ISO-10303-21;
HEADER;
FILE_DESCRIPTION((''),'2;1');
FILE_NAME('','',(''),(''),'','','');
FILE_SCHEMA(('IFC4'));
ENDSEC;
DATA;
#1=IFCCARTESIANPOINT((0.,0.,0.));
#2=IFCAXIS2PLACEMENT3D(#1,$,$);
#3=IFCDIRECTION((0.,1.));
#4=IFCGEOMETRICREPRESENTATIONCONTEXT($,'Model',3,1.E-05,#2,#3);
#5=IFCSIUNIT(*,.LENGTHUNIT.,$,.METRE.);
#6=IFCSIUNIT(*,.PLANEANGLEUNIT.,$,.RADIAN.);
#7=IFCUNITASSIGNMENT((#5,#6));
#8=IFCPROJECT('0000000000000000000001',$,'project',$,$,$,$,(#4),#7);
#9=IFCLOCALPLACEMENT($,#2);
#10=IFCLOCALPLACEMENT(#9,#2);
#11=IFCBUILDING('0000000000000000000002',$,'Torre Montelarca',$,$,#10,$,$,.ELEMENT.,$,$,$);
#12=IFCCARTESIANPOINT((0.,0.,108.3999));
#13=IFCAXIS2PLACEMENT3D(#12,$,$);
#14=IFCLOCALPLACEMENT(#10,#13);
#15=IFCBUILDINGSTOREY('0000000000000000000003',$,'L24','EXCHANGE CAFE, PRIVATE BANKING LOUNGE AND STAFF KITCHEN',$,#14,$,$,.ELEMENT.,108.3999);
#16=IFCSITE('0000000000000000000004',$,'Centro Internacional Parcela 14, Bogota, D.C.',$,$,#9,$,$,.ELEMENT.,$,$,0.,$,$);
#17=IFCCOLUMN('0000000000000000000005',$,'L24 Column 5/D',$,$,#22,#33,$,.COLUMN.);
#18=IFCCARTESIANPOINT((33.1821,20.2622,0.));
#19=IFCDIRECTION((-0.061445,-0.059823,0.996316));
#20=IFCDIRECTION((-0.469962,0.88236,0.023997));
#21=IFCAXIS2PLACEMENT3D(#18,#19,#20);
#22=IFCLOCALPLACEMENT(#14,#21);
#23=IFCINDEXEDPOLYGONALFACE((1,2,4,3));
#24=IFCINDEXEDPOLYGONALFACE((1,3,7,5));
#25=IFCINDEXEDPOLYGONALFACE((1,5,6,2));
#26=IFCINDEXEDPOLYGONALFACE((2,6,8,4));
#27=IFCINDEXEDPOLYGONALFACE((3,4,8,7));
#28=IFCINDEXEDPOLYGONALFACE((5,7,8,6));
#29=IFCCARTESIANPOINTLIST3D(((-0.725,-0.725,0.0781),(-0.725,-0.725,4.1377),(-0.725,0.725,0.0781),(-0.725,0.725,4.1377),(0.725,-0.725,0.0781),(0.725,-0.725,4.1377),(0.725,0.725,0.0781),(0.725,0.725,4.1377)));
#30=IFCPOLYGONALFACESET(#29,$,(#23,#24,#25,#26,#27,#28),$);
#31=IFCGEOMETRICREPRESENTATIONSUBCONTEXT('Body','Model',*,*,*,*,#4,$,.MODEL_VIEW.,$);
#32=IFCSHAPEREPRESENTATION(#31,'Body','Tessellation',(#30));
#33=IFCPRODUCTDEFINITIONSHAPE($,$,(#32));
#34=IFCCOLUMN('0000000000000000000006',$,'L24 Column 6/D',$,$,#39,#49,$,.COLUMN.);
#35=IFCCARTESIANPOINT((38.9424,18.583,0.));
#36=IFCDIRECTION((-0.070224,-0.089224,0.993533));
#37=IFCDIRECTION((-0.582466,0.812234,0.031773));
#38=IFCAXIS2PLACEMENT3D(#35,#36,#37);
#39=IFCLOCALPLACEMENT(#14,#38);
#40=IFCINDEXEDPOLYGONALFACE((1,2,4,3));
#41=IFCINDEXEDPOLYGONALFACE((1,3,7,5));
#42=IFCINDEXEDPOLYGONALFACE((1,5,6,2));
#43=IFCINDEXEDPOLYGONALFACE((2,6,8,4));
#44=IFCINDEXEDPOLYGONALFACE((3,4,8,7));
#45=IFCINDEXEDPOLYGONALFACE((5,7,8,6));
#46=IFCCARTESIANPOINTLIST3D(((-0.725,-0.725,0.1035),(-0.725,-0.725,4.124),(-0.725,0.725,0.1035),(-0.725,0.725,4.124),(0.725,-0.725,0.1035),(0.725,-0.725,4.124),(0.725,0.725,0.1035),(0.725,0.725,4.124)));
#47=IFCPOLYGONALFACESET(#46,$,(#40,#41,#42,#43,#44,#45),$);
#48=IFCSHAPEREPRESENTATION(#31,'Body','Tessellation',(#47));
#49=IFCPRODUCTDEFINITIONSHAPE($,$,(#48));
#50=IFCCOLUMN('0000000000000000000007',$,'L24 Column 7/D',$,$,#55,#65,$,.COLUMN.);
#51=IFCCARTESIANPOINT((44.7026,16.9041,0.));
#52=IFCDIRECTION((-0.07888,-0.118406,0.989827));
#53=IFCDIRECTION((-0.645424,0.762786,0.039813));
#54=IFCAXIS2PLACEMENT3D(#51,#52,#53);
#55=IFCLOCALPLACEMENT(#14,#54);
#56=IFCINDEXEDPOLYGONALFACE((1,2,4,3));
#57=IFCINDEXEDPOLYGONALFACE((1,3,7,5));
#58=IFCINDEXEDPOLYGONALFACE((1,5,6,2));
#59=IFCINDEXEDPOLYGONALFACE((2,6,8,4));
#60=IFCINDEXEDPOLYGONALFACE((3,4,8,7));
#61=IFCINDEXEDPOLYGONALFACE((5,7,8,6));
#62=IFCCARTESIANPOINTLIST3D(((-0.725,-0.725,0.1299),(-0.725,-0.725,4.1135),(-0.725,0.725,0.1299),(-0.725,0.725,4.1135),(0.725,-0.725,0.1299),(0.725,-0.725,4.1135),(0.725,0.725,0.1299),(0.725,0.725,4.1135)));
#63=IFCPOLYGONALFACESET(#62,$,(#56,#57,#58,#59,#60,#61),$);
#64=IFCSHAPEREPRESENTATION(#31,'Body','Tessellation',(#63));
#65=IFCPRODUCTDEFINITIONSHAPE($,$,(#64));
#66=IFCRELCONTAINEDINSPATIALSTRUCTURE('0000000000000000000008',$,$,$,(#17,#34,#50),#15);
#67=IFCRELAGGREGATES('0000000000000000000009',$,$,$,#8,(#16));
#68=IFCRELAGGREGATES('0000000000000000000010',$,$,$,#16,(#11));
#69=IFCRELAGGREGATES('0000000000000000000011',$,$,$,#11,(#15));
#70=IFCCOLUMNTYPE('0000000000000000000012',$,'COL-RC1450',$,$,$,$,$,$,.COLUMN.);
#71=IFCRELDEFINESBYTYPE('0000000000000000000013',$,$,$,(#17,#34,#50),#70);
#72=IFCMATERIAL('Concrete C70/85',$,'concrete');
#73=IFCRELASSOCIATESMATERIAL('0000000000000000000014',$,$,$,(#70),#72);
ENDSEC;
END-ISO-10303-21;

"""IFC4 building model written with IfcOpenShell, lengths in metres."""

from ifc_helpers import new_model, si_unit, direction, frame, origin, origin_2d, place, context, subcontext, project, spatial, rectangle, extrude, clip, halfspace, material, material_profile, profile_set, type_object, element, save


model = new_model("IFC4")

# Units and contexts
model_context = context("Model", 3, precision=1e-05, world=origin(), true_north=direction((0.0, 1.0)))
body_context = subcontext(model_context, "Body", "Model", "MODEL_VIEW")
ifc_project = project(units=[si_unit("LENGTHUNIT", "METRE"), si_unit("PLANEANGLEUNIT", "RADIAN")], contexts=[model_context])

# Site, building, storey
site_placement = place(None, origin())
site = spatial("IfcSite", under=ifc_project, at=site_placement, Name="Centro Internacional Parcela 14, Bogota, D.C.", CompositionType="ELEMENT", RefElevation=0.0)
building_placement = place(site_placement, origin())
building = spatial("IfcBuilding", under=site, at=building_placement, Name="Torre Montelarca", CompositionType="ELEMENT")
storey_placement = place(building_placement, frame((0.0, 0.0, 108.3999)))
storey = spatial("IfcBuildingStorey", under=building, at=storey_placement, Name="L24", Description="EXCHANGE CAFE, PRIVATE BANKING LOUNGE AND STAFF KITCHEN", CompositionType="ELEMENT", Elevation=108.3999)

# Columns
ifc_material_1 = material(Name="Concrete C70/85", Category="concrete")
ifc_material_profile_1 = material_profile(ifc_material_1, rectangle(XDim=1.45, YDim=1.45, at=origin_2d()), Name="RC1450X1450", Category="concrete")
ifc_profile_set_1 = profile_set([ifc_material_profile_1], Name="Concrete C70/85")
column_type_1 = type_object("IfcColumnType", Name="COL-RC1450", PredefinedType="COLUMN", material=ifc_profile_set_1)
column_1_placement = place(storey_placement, frame((33.1821, 20.2622, 0.0), z_axis=(-0.061445, -0.059823, 0.996316), x_axis=(-0.469962, 0.88236, 0.023997)))
element("IfcColumn", 1, at=column_1_placement, inside=storey, type_object=column_type_1, Name="L24 Column 5/D", PredefinedType="COLUMN", context=body_context, shape_type="Clipping", body=[
    clip(clip(extrude(rectangle(XDim=1.45, YDim=1.45, at=origin_2d()), origin(), (0.0, 0.0, 1.0), 4.2158), halfspace(frame((0.0, 0.0, 0.0781), z_axis=(0.0, 0.0, -1.0), x_axis=(1.0, 0.0, 0.0)), False)), halfspace(frame((0.0, 0.0, 4.1377), z_axis=(0.0, 0.0, 1.0), x_axis=(1.0, 0.0, 0.0)), False)),
])
column_2_placement = place(storey_placement, frame((38.9424, 18.583, 0.0), z_axis=(-0.070224, -0.089224, 0.993533), x_axis=(-0.582466, 0.812234, 0.031773)))
element("IfcColumn", 2, at=column_2_placement, inside=storey, type_object=column_type_1, Name="L24 Column 6/D", PredefinedType="COLUMN", context=body_context, shape_type="Clipping", body=[
    clip(clip(extrude(rectangle(XDim=1.45, YDim=1.45, at=origin_2d()), origin(), (0.0, 0.0, 1.0), 4.2275), halfspace(frame((0.0, 0.0, 0.1035), z_axis=(0.0, 0.0, -1.0), x_axis=(1.0, 0.0, 0.0)), False)), halfspace(frame((0.0, 0.0, 4.124), z_axis=(0.0, 0.0, 1.0), x_axis=(1.0, 0.0, 0.0)), False)),
])
column_3_placement = place(storey_placement, frame((44.7026, 16.9041, 0.0), z_axis=(-0.07888, -0.118406, 0.989827), x_axis=(-0.645424, 0.762786, 0.039813)))
element("IfcColumn", 3, at=column_3_placement, inside=storey, type_object=column_type_1, Name="L24 Column 7/D", PredefinedType="COLUMN", context=body_context, shape_type="Clipping", body=[
    clip(clip(extrude(rectangle(XDim=1.45, YDim=1.45, at=origin_2d()), origin(), (0.0, 0.0, 1.0), 4.2434), halfspace(frame((0.0, 0.0, 0.1299), z_axis=(0.0, 0.0, -1.0), x_axis=(1.0, 0.0, 0.0)), False)), halfspace(frame((0.0, 0.0, 4.1135), z_axis=(0.0, 0.0, 1.0), x_axis=(1.0, 0.0, 0.0)), False)),
])

save(model, "model.ifc")
